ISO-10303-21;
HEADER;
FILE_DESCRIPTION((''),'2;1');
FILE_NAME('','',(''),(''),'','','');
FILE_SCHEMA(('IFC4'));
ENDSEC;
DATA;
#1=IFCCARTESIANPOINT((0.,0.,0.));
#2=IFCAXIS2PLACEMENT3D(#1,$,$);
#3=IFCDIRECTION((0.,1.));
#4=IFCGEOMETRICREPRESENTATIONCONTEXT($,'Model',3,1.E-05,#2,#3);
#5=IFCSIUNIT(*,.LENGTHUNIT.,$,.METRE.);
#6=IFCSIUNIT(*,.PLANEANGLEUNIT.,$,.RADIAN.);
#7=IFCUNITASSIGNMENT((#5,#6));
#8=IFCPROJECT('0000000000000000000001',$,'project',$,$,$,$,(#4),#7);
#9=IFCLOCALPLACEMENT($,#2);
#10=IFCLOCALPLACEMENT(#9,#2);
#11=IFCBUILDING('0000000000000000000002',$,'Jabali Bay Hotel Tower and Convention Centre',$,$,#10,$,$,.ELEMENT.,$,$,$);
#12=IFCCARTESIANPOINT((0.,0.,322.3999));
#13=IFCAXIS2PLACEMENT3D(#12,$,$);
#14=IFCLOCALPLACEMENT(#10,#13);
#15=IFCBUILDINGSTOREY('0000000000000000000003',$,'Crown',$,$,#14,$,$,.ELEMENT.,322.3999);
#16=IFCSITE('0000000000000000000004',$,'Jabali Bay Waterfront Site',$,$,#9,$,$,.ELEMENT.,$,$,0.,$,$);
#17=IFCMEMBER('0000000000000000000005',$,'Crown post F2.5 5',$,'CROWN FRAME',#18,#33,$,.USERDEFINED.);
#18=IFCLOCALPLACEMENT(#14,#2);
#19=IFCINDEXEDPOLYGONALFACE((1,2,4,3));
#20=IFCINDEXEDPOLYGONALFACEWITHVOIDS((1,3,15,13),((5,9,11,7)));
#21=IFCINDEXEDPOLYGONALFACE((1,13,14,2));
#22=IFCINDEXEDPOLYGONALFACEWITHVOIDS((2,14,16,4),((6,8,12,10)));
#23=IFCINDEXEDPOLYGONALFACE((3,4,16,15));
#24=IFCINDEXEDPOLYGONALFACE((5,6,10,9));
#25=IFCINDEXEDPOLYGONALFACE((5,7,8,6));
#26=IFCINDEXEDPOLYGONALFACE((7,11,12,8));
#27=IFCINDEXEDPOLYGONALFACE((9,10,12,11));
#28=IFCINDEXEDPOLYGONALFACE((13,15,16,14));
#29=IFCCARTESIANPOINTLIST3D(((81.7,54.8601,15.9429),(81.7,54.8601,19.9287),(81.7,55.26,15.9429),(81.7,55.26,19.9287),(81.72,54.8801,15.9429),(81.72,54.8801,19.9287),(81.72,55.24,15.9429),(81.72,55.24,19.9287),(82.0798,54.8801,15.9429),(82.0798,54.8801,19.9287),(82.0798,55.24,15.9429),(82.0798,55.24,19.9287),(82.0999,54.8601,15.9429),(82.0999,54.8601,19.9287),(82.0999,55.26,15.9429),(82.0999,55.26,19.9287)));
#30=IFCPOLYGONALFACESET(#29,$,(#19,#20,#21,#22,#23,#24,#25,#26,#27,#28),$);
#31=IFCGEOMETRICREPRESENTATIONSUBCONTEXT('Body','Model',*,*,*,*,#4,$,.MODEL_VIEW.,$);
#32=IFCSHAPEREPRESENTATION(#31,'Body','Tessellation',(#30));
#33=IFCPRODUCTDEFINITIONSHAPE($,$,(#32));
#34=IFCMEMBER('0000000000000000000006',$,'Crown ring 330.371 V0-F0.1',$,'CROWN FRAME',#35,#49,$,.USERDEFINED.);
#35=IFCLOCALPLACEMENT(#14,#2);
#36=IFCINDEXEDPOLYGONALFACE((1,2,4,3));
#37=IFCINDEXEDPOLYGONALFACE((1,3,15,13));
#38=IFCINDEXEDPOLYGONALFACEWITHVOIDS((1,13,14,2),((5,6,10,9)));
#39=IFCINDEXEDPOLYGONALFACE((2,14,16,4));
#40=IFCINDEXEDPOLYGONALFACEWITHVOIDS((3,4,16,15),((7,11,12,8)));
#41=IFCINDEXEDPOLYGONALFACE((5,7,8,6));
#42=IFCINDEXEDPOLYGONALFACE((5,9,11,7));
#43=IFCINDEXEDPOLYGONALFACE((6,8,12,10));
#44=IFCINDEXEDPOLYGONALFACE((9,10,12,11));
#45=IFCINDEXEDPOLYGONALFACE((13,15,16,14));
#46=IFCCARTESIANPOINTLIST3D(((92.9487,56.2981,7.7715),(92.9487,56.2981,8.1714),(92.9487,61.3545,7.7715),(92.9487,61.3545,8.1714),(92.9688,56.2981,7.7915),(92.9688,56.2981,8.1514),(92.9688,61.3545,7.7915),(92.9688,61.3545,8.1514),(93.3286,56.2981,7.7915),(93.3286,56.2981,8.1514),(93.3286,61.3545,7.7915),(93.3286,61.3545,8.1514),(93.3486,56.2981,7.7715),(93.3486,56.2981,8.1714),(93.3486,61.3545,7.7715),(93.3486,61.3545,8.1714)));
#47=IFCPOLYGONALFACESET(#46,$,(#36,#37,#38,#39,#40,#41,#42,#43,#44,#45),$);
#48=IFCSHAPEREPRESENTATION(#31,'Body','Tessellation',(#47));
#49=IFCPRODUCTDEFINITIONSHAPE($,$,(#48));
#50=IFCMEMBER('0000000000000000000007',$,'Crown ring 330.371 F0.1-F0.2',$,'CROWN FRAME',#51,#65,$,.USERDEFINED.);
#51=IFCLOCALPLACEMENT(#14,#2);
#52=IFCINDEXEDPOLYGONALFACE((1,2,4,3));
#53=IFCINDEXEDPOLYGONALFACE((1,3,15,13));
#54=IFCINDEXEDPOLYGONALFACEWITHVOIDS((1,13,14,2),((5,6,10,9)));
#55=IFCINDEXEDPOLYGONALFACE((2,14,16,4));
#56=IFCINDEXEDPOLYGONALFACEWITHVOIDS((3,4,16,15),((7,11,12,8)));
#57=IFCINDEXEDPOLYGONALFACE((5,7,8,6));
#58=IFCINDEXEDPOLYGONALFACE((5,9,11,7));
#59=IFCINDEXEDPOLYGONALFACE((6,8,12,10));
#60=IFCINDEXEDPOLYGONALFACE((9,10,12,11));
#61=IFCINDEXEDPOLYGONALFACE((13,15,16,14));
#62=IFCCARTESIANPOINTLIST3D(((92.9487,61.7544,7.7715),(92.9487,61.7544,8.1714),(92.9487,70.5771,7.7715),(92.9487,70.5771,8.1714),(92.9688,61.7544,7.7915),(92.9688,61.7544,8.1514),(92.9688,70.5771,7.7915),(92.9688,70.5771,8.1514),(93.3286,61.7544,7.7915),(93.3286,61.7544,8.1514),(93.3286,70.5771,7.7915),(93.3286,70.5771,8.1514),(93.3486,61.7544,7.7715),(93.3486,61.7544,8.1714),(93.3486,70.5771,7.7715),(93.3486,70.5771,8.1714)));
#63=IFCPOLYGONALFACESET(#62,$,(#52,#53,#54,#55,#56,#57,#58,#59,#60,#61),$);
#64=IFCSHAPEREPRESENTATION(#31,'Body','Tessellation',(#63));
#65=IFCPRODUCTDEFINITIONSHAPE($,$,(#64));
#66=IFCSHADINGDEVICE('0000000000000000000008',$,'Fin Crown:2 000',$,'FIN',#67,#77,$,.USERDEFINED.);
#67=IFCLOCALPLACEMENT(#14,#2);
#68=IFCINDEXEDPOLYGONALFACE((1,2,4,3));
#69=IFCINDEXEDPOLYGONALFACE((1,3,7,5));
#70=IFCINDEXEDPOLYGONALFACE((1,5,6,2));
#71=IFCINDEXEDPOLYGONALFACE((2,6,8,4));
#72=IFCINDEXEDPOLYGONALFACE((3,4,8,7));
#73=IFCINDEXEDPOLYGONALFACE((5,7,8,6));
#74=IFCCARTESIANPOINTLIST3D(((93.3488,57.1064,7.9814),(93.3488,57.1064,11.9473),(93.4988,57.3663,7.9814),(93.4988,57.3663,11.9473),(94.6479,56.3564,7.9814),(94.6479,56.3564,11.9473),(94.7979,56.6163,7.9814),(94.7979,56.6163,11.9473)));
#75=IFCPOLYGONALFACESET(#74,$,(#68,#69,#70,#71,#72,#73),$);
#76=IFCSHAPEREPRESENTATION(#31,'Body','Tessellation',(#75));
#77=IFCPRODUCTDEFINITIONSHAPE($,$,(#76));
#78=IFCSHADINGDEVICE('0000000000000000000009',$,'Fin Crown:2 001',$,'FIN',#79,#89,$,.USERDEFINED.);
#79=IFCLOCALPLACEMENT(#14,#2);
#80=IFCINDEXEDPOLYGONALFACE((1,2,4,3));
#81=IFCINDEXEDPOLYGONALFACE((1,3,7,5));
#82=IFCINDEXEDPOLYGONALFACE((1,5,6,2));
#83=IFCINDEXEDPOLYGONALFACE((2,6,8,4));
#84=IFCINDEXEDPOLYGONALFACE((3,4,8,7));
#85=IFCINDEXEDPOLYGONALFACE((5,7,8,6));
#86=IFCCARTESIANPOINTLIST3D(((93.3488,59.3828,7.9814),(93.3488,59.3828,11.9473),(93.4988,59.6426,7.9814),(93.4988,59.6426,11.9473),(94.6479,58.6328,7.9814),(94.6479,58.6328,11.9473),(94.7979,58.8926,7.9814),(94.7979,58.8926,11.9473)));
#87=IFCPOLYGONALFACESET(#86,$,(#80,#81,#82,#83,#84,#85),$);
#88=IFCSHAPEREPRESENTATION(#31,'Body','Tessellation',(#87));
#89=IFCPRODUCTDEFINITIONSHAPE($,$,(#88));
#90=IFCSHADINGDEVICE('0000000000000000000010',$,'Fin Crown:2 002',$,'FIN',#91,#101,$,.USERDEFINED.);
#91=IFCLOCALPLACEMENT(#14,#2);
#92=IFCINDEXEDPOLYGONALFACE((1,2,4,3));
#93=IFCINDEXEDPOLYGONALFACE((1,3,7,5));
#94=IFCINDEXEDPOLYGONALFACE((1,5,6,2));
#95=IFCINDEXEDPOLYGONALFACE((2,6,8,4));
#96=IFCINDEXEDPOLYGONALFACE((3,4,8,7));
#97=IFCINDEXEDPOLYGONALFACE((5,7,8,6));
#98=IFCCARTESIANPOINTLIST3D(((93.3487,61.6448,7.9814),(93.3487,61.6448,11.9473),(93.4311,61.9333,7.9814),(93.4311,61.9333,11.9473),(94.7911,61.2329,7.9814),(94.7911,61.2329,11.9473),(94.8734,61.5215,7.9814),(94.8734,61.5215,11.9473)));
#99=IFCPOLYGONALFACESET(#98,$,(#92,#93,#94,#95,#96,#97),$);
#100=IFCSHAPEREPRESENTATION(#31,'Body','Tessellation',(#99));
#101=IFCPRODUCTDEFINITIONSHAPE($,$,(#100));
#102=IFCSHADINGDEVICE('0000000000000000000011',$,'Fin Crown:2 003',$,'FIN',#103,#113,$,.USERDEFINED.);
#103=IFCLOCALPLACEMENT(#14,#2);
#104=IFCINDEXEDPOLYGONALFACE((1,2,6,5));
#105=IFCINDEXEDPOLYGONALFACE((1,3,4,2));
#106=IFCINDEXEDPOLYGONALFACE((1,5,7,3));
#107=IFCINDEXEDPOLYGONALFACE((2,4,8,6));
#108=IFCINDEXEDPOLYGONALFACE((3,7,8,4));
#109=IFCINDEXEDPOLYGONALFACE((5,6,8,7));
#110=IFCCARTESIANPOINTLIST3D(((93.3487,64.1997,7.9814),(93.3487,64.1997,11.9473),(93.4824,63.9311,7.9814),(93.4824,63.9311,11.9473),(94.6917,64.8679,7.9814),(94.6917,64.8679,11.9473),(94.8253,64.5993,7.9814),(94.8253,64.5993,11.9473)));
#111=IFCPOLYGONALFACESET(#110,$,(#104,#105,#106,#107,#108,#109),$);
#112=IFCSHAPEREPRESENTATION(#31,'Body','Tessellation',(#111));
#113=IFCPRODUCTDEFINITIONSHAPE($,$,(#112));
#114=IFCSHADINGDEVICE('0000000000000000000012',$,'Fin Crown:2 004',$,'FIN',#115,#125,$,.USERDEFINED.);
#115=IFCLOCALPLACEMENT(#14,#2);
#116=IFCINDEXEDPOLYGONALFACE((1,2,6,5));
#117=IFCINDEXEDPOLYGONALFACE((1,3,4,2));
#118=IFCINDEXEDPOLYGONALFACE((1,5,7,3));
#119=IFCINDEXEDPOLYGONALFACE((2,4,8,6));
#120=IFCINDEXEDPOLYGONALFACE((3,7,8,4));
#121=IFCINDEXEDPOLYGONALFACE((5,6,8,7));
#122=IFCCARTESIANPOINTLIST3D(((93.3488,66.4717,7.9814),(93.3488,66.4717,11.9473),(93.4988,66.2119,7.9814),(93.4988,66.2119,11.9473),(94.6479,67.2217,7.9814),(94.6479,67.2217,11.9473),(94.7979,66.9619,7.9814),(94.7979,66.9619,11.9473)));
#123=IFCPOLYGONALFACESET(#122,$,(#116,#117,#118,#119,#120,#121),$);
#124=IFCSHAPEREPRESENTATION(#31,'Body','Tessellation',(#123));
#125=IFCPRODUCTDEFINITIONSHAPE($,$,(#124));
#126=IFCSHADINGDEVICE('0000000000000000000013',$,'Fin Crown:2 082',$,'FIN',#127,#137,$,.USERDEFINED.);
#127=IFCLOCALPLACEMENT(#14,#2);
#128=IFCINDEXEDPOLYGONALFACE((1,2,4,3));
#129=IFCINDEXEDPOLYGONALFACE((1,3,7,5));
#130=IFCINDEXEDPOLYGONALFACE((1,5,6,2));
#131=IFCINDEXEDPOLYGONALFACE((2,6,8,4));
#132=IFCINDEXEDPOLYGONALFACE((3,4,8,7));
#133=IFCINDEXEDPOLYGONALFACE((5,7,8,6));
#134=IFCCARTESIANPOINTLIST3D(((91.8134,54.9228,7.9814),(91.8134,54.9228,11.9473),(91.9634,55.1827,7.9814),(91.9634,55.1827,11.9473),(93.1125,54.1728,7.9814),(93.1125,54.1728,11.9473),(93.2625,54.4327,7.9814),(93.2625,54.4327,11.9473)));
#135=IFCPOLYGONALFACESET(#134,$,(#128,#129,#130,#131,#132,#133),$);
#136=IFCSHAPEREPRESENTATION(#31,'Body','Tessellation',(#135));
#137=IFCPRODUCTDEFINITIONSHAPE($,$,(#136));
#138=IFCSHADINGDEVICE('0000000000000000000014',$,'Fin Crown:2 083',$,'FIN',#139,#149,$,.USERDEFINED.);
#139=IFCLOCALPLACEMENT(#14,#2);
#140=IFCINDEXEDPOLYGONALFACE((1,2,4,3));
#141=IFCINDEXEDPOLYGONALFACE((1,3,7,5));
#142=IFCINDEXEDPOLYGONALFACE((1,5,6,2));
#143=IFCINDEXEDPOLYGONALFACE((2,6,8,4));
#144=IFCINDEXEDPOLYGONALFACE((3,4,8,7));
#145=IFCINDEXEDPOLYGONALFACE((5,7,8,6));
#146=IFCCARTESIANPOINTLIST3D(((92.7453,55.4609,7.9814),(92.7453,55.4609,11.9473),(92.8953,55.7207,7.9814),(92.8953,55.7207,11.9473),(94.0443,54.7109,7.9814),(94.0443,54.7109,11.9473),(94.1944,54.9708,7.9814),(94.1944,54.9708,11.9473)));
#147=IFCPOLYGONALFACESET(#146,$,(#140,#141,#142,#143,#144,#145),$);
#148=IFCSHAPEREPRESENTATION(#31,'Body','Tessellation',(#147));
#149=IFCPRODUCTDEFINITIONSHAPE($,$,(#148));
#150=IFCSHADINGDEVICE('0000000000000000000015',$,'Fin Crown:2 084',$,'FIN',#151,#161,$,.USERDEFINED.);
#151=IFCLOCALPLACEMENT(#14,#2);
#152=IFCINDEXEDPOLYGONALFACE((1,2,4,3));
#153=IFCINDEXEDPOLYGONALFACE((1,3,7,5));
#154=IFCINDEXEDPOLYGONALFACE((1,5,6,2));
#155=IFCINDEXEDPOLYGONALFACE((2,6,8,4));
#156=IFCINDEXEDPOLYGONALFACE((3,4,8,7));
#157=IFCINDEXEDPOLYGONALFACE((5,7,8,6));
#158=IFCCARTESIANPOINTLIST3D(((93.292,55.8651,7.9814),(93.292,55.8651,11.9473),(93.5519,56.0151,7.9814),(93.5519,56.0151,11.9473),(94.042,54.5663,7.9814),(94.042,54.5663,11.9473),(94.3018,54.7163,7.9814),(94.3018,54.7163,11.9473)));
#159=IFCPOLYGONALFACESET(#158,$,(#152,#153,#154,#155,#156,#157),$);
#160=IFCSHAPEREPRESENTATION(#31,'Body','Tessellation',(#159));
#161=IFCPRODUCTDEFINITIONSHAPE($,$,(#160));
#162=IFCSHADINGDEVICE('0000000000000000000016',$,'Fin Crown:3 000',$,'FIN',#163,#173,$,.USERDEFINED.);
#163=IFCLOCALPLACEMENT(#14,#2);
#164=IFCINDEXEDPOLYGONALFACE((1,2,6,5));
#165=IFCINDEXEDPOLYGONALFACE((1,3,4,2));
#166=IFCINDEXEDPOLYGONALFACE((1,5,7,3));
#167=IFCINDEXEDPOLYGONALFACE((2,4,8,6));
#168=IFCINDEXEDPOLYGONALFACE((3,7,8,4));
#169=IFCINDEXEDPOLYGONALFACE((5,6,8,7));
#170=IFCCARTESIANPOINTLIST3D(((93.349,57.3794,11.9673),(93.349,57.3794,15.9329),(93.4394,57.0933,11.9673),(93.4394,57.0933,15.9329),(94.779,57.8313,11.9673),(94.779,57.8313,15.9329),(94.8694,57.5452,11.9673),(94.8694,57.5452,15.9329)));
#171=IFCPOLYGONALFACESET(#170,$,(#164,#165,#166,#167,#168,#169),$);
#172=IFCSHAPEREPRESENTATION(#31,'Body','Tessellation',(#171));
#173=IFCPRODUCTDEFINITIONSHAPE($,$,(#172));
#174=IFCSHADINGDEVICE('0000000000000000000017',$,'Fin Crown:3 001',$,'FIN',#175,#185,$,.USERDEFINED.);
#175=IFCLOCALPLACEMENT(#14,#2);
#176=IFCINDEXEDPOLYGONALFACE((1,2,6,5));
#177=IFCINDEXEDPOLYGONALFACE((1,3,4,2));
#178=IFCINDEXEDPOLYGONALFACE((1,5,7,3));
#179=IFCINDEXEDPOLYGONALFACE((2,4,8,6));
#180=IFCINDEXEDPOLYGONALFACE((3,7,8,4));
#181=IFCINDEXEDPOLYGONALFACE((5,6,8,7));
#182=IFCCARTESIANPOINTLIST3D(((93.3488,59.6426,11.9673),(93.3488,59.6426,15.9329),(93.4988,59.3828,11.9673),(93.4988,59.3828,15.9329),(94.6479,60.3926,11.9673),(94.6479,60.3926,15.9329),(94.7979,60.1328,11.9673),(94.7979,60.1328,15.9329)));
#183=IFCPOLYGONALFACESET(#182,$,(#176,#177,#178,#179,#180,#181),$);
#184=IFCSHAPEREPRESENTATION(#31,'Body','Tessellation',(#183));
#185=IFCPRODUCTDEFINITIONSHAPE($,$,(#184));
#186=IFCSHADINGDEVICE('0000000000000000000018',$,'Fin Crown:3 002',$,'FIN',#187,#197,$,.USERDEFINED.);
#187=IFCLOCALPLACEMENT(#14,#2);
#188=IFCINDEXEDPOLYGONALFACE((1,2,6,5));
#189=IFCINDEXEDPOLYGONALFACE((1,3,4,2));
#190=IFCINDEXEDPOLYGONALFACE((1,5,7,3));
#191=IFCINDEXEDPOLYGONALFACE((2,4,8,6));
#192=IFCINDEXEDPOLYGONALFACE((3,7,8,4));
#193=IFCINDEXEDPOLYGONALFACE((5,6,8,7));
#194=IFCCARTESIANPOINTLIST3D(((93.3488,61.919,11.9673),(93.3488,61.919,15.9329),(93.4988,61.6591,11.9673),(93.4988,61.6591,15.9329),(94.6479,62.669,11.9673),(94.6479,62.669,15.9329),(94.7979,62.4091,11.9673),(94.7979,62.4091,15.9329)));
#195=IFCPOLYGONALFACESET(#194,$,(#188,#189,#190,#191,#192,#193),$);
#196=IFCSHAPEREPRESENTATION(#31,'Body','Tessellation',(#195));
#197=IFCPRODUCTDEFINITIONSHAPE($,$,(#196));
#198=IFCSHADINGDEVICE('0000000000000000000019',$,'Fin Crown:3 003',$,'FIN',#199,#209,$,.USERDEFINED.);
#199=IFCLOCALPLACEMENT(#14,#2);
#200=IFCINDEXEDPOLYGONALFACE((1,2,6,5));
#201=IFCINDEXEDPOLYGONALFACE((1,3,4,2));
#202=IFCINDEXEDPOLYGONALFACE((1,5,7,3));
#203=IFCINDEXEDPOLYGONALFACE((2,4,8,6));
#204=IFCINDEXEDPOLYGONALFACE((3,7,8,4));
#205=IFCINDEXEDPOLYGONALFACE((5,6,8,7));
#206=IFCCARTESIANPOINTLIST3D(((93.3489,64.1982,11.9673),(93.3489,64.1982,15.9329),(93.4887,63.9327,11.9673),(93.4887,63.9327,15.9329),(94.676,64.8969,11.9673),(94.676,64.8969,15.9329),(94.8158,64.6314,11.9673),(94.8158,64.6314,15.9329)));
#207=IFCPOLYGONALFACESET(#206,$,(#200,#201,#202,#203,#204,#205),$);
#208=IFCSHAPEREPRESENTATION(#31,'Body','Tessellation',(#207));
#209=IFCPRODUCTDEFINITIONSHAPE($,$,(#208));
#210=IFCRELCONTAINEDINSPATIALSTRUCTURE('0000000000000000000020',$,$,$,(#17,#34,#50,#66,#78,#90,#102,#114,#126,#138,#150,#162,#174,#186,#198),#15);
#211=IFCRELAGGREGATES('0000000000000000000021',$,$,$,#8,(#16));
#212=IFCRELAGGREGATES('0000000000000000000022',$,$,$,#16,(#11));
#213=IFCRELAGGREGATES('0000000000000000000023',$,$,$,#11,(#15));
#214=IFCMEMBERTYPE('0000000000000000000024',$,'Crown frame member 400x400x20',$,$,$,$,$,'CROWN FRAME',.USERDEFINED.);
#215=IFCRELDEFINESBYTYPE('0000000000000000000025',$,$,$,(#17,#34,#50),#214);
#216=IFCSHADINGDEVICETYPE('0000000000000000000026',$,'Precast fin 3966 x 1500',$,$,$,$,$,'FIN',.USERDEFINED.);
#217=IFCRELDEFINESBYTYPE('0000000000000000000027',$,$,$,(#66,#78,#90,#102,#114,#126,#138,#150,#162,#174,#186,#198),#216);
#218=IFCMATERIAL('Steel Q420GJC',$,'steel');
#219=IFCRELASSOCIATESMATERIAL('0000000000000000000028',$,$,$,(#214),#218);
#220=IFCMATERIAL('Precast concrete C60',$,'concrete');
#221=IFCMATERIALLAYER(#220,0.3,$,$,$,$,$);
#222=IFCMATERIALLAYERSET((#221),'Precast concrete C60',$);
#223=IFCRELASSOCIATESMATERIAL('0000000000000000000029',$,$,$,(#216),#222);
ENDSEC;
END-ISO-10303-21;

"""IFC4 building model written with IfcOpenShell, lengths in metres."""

from ifc_helpers import new_model, si_unit, direction, frame, frame_2d, origin, origin_2d, place, context, subcontext, project, spatial, rectangle, hollow_rectangle, extrude, material, layer, layer_set, material_profile, profile_set, type_object, element, save


model = new_model("IFC4")

# Units and contexts
model_context = context("Model", 3, precision=1e-05, world=origin(), true_north=direction((0.0, 1.0)))
body_context = subcontext(model_context, "Body", "Model", "MODEL_VIEW")
ifc_project = project(units=[si_unit("LENGTHUNIT", "METRE"), si_unit("PLANEANGLEUNIT", "RADIAN")], contexts=[model_context])

# Site, building, storey
site_placement = place(None, origin())
site = spatial("IfcSite", under=ifc_project, at=site_placement, Name="Jabali Bay Waterfront Site", CompositionType="ELEMENT", RefElevation=0.0)
building_placement = place(site_placement, origin())
building = spatial("IfcBuilding", under=site, at=building_placement, Name="Jabali Bay Hotel Tower and Convention Centre", CompositionType="ELEMENT")
storey_placement = place(building_placement, frame((0.0, 0.0, 322.3999)))
storey = spatial("IfcBuildingStorey", under=building, at=storey_placement, Name="Crown", CompositionType="ELEMENT", Elevation=322.3999)

# Members
ifc_material_1 = material(Name="Steel Q420GJC", Category="steel")
ifc_material_profile_1 = material_profile(ifc_material_1, hollow_rectangle(XDim=0.3999, YDim=0.3999, WallThickness=0.02, at=origin_2d()), Name="Crown frame member 400x400x20")
ifc_profile_set_1 = profile_set([ifc_material_profile_1], Name="Steel Q420GJC")
member_type_1 = type_object("IfcMemberType", Name="Crown frame member 400x400x20", ElementType="CROWN FRAME", PredefinedType="USERDEFINED", material=ifc_profile_set_1)
member_1_placement = place(storey_placement, frame((81.8999, 55.0601, 15.9429), z_axis=(0.0, 0.0, 1.0), x_axis=(1.0, 0.0, 0.0)))
element("IfcMember", 1, at=member_1_placement, inside=storey, type_object=member_type_1, Name="Crown post F2.5 5", ObjectType="CROWN FRAME", PredefinedType="USERDEFINED", context=body_context, shape_type="SweptSolid", body=[
    extrude(hollow_rectangle(XDim=0.3999, YDim=0.3999, WallThickness=0.02, at=origin_2d()), origin(), (0.0, 0.0, 1.0), 3.9858),
])
member_2_placement = place(storey_placement, frame((93.1487, 56.2981, 7.9714), z_axis=(0.0, 1.0, 0.0), x_axis=(-1.0, 0.0, 0.0)))
element("IfcMember", 2, at=member_2_placement, inside=storey, type_object=member_type_1, Name="Crown ring 330.371 V0-F0.1", ObjectType="CROWN FRAME", PredefinedType="USERDEFINED", context=body_context, shape_type="SweptSolid", body=[
    extrude(hollow_rectangle(XDim=0.3999, YDim=0.3999, WallThickness=0.02, at=origin_2d()), origin(), (0.0, 0.0, 1.0), 5.0564),
])
member_3_placement = place(storey_placement, frame((93.1487, 61.7544, 7.9714), z_axis=(0.0, 1.0, 0.0), x_axis=(-1.0, 0.0, 0.0)))
element("IfcMember", 3, at=member_3_placement, inside=storey, type_object=member_type_1, Name="Crown ring 330.371 F0.1-F0.2", ObjectType="CROWN FRAME", PredefinedType="USERDEFINED", context=body_context, shape_type="SweptSolid", body=[
    extrude(hollow_rectangle(XDim=0.3999, YDim=0.3999, WallThickness=0.02, at=origin_2d()), origin(), (0.0, 0.0, 1.0), 8.8228),
])

# Shading devices
ifc_material_2 = material(Name="Precast concrete C60", Category="concrete")
ifc_layer = layer(ifc_material_2, 0.3)
ifc_layer_set = layer_set([ifc_layer], Name="Precast concrete C60")
shading_device_type = type_object("IfcShadingDeviceType", Name="Precast fin 3966 x 1500", ElementType="FIN", PredefinedType="USERDEFINED", material=ifc_layer_set)
for number, where, z_axis, x_axis, name in (
    (4, (93.4238, 57.2363, 7.9814), (0.0, 0.0, 1.0), (0.866031, -0.49999, 0.0), "Fin Crown:2 000"),
    (5, (93.4238, 59.5127, 7.9814), (0.0, 0.0, 1.0), (0.866031, -0.49999, 0.0), "Fin Crown:2 001"),
    (6, (93.3899, 61.7891, 7.9814), (0.0, 0.0, 1.0), (0.961567, -0.274571, 0.0), "Fin Crown:2 002"),
    (7, (93.4155, 64.0654, 7.9814), (0.0, 0.0, 1.0), (0.895304, 0.445455, 0.0), "Fin Crown:2 003"),
    (8, (93.4238, 66.3418, 7.9814), (0.0, 0.0, 1.0), (0.866031, 0.49999, 0.0), "Fin Crown:2 004"),
    (9, (91.8884, 55.0527, 7.9814), (0.0, 0.0, 1.0), (0.866031, -0.49999, 0.0), "Fin Crown:2 082"),
    (10, (92.8203, 55.5908, 7.9814), (0.0, 0.0, 1.0), (0.866031, -0.49999, 0.0), "Fin Crown:2 083"),
):
    element("IfcShadingDevice", number, at=place(storey_placement, frame(where, z_axis=z_axis, x_axis=x_axis)), inside=storey, type_object=shading_device_type, Name=name, ObjectType="FIN", PredefinedType="USERDEFINED", context=body_context, shape_type="SweptSolid", body=[
        extrude(rectangle(XDim=1.5, YDim=0.3, at=frame_2d((0.75, 0.0))), origin(), (0.0, 0.0, 1.0), 3.9658),
    ])
shading_device_1_placement = place(storey_placement, frame((93.4219, 55.9402, 7.9814), z_axis=(0.0, 0.0, 1.0), x_axis=(0.500061, -0.86599, 0.0)))
element("IfcShadingDevice", 11, at=shading_device_1_placement, inside=storey, type_object=shading_device_type, Name="Fin Crown:2 084", ObjectType="FIN", PredefinedType="USERDEFINED", context=body_context, shape_type="SweptSolid", body=[
    extrude(rectangle(XDim=1.4998, YDim=0.3, at=frame_2d((0.75, 0.0))), origin(), (0.0, 0.0, 1.0), 3.9658),
])
shading_device_2_placement = place(storey_placement, frame((93.394, 57.2363, 11.9673), z_axis=(0.0, 0.0, 1.0), x_axis=(0.953531, 0.301295, 0.0)))
element("IfcShadingDevice", 12, at=shading_device_2_placement, inside=storey, type_object=shading_device_type, Name="Fin Crown:3 000", ObjectType="FIN", PredefinedType="USERDEFINED", context=body_context, shape_type="SweptSolid", body=[
    extrude(rectangle(XDim=1.4998, YDim=0.3, at=frame_2d((0.75, 0.0))), origin(), (0.0, 0.0, 1.0), 3.9656),
])
for number, where, z_axis, x_axis, name in (
    (13, (93.4238, 59.5127, 11.9673), (0.0, 0.0, 1.0), (0.866031, 0.49999, 0.0), "Fin Crown:3 001"),
    (14, (93.4238, 61.7891, 11.9673), (0.0, 0.0, 1.0), (0.866031, 0.49999, 0.0), "Fin Crown:3 002"),
):
    element("IfcShadingDevice", number, at=place(storey_placement, frame(where, z_axis=z_axis, x_axis=x_axis)), inside=storey, type_object=shading_device_type, Name=name, ObjectType="FIN", PredefinedType="USERDEFINED", context=body_context, shape_type="SweptSolid", body=[
        extrude(rectangle(XDim=1.5, YDim=0.3, at=frame_2d((0.75, 0.0))), origin(), (0.0, 0.0, 1.0), 3.9656),
    ])
for number, where, z_axis, x_axis, name in (
    (15, (93.4187, 64.0654, 11.9673), (0.0, 0.0, 1.0), (0.884855, 0.465867, 0.0), "Fin Crown:3 003"),
):
    element("IfcShadingDevice", number, at=place(storey_placement, frame(where, z_axis=z_axis, x_axis=x_axis)), inside=storey, type_object=shading_device_type, Name=name, ObjectType="FIN", PredefinedType="USERDEFINED", context=body_context, shape_type="SweptSolid", body=[
        extrude(rectangle(XDim=1.4998, YDim=0.3, at=frame_2d((0.75, 0.0))), origin(), (0.0, 0.0, 1.0), 3.9656),
    ])

save(model, "model.ifc")
